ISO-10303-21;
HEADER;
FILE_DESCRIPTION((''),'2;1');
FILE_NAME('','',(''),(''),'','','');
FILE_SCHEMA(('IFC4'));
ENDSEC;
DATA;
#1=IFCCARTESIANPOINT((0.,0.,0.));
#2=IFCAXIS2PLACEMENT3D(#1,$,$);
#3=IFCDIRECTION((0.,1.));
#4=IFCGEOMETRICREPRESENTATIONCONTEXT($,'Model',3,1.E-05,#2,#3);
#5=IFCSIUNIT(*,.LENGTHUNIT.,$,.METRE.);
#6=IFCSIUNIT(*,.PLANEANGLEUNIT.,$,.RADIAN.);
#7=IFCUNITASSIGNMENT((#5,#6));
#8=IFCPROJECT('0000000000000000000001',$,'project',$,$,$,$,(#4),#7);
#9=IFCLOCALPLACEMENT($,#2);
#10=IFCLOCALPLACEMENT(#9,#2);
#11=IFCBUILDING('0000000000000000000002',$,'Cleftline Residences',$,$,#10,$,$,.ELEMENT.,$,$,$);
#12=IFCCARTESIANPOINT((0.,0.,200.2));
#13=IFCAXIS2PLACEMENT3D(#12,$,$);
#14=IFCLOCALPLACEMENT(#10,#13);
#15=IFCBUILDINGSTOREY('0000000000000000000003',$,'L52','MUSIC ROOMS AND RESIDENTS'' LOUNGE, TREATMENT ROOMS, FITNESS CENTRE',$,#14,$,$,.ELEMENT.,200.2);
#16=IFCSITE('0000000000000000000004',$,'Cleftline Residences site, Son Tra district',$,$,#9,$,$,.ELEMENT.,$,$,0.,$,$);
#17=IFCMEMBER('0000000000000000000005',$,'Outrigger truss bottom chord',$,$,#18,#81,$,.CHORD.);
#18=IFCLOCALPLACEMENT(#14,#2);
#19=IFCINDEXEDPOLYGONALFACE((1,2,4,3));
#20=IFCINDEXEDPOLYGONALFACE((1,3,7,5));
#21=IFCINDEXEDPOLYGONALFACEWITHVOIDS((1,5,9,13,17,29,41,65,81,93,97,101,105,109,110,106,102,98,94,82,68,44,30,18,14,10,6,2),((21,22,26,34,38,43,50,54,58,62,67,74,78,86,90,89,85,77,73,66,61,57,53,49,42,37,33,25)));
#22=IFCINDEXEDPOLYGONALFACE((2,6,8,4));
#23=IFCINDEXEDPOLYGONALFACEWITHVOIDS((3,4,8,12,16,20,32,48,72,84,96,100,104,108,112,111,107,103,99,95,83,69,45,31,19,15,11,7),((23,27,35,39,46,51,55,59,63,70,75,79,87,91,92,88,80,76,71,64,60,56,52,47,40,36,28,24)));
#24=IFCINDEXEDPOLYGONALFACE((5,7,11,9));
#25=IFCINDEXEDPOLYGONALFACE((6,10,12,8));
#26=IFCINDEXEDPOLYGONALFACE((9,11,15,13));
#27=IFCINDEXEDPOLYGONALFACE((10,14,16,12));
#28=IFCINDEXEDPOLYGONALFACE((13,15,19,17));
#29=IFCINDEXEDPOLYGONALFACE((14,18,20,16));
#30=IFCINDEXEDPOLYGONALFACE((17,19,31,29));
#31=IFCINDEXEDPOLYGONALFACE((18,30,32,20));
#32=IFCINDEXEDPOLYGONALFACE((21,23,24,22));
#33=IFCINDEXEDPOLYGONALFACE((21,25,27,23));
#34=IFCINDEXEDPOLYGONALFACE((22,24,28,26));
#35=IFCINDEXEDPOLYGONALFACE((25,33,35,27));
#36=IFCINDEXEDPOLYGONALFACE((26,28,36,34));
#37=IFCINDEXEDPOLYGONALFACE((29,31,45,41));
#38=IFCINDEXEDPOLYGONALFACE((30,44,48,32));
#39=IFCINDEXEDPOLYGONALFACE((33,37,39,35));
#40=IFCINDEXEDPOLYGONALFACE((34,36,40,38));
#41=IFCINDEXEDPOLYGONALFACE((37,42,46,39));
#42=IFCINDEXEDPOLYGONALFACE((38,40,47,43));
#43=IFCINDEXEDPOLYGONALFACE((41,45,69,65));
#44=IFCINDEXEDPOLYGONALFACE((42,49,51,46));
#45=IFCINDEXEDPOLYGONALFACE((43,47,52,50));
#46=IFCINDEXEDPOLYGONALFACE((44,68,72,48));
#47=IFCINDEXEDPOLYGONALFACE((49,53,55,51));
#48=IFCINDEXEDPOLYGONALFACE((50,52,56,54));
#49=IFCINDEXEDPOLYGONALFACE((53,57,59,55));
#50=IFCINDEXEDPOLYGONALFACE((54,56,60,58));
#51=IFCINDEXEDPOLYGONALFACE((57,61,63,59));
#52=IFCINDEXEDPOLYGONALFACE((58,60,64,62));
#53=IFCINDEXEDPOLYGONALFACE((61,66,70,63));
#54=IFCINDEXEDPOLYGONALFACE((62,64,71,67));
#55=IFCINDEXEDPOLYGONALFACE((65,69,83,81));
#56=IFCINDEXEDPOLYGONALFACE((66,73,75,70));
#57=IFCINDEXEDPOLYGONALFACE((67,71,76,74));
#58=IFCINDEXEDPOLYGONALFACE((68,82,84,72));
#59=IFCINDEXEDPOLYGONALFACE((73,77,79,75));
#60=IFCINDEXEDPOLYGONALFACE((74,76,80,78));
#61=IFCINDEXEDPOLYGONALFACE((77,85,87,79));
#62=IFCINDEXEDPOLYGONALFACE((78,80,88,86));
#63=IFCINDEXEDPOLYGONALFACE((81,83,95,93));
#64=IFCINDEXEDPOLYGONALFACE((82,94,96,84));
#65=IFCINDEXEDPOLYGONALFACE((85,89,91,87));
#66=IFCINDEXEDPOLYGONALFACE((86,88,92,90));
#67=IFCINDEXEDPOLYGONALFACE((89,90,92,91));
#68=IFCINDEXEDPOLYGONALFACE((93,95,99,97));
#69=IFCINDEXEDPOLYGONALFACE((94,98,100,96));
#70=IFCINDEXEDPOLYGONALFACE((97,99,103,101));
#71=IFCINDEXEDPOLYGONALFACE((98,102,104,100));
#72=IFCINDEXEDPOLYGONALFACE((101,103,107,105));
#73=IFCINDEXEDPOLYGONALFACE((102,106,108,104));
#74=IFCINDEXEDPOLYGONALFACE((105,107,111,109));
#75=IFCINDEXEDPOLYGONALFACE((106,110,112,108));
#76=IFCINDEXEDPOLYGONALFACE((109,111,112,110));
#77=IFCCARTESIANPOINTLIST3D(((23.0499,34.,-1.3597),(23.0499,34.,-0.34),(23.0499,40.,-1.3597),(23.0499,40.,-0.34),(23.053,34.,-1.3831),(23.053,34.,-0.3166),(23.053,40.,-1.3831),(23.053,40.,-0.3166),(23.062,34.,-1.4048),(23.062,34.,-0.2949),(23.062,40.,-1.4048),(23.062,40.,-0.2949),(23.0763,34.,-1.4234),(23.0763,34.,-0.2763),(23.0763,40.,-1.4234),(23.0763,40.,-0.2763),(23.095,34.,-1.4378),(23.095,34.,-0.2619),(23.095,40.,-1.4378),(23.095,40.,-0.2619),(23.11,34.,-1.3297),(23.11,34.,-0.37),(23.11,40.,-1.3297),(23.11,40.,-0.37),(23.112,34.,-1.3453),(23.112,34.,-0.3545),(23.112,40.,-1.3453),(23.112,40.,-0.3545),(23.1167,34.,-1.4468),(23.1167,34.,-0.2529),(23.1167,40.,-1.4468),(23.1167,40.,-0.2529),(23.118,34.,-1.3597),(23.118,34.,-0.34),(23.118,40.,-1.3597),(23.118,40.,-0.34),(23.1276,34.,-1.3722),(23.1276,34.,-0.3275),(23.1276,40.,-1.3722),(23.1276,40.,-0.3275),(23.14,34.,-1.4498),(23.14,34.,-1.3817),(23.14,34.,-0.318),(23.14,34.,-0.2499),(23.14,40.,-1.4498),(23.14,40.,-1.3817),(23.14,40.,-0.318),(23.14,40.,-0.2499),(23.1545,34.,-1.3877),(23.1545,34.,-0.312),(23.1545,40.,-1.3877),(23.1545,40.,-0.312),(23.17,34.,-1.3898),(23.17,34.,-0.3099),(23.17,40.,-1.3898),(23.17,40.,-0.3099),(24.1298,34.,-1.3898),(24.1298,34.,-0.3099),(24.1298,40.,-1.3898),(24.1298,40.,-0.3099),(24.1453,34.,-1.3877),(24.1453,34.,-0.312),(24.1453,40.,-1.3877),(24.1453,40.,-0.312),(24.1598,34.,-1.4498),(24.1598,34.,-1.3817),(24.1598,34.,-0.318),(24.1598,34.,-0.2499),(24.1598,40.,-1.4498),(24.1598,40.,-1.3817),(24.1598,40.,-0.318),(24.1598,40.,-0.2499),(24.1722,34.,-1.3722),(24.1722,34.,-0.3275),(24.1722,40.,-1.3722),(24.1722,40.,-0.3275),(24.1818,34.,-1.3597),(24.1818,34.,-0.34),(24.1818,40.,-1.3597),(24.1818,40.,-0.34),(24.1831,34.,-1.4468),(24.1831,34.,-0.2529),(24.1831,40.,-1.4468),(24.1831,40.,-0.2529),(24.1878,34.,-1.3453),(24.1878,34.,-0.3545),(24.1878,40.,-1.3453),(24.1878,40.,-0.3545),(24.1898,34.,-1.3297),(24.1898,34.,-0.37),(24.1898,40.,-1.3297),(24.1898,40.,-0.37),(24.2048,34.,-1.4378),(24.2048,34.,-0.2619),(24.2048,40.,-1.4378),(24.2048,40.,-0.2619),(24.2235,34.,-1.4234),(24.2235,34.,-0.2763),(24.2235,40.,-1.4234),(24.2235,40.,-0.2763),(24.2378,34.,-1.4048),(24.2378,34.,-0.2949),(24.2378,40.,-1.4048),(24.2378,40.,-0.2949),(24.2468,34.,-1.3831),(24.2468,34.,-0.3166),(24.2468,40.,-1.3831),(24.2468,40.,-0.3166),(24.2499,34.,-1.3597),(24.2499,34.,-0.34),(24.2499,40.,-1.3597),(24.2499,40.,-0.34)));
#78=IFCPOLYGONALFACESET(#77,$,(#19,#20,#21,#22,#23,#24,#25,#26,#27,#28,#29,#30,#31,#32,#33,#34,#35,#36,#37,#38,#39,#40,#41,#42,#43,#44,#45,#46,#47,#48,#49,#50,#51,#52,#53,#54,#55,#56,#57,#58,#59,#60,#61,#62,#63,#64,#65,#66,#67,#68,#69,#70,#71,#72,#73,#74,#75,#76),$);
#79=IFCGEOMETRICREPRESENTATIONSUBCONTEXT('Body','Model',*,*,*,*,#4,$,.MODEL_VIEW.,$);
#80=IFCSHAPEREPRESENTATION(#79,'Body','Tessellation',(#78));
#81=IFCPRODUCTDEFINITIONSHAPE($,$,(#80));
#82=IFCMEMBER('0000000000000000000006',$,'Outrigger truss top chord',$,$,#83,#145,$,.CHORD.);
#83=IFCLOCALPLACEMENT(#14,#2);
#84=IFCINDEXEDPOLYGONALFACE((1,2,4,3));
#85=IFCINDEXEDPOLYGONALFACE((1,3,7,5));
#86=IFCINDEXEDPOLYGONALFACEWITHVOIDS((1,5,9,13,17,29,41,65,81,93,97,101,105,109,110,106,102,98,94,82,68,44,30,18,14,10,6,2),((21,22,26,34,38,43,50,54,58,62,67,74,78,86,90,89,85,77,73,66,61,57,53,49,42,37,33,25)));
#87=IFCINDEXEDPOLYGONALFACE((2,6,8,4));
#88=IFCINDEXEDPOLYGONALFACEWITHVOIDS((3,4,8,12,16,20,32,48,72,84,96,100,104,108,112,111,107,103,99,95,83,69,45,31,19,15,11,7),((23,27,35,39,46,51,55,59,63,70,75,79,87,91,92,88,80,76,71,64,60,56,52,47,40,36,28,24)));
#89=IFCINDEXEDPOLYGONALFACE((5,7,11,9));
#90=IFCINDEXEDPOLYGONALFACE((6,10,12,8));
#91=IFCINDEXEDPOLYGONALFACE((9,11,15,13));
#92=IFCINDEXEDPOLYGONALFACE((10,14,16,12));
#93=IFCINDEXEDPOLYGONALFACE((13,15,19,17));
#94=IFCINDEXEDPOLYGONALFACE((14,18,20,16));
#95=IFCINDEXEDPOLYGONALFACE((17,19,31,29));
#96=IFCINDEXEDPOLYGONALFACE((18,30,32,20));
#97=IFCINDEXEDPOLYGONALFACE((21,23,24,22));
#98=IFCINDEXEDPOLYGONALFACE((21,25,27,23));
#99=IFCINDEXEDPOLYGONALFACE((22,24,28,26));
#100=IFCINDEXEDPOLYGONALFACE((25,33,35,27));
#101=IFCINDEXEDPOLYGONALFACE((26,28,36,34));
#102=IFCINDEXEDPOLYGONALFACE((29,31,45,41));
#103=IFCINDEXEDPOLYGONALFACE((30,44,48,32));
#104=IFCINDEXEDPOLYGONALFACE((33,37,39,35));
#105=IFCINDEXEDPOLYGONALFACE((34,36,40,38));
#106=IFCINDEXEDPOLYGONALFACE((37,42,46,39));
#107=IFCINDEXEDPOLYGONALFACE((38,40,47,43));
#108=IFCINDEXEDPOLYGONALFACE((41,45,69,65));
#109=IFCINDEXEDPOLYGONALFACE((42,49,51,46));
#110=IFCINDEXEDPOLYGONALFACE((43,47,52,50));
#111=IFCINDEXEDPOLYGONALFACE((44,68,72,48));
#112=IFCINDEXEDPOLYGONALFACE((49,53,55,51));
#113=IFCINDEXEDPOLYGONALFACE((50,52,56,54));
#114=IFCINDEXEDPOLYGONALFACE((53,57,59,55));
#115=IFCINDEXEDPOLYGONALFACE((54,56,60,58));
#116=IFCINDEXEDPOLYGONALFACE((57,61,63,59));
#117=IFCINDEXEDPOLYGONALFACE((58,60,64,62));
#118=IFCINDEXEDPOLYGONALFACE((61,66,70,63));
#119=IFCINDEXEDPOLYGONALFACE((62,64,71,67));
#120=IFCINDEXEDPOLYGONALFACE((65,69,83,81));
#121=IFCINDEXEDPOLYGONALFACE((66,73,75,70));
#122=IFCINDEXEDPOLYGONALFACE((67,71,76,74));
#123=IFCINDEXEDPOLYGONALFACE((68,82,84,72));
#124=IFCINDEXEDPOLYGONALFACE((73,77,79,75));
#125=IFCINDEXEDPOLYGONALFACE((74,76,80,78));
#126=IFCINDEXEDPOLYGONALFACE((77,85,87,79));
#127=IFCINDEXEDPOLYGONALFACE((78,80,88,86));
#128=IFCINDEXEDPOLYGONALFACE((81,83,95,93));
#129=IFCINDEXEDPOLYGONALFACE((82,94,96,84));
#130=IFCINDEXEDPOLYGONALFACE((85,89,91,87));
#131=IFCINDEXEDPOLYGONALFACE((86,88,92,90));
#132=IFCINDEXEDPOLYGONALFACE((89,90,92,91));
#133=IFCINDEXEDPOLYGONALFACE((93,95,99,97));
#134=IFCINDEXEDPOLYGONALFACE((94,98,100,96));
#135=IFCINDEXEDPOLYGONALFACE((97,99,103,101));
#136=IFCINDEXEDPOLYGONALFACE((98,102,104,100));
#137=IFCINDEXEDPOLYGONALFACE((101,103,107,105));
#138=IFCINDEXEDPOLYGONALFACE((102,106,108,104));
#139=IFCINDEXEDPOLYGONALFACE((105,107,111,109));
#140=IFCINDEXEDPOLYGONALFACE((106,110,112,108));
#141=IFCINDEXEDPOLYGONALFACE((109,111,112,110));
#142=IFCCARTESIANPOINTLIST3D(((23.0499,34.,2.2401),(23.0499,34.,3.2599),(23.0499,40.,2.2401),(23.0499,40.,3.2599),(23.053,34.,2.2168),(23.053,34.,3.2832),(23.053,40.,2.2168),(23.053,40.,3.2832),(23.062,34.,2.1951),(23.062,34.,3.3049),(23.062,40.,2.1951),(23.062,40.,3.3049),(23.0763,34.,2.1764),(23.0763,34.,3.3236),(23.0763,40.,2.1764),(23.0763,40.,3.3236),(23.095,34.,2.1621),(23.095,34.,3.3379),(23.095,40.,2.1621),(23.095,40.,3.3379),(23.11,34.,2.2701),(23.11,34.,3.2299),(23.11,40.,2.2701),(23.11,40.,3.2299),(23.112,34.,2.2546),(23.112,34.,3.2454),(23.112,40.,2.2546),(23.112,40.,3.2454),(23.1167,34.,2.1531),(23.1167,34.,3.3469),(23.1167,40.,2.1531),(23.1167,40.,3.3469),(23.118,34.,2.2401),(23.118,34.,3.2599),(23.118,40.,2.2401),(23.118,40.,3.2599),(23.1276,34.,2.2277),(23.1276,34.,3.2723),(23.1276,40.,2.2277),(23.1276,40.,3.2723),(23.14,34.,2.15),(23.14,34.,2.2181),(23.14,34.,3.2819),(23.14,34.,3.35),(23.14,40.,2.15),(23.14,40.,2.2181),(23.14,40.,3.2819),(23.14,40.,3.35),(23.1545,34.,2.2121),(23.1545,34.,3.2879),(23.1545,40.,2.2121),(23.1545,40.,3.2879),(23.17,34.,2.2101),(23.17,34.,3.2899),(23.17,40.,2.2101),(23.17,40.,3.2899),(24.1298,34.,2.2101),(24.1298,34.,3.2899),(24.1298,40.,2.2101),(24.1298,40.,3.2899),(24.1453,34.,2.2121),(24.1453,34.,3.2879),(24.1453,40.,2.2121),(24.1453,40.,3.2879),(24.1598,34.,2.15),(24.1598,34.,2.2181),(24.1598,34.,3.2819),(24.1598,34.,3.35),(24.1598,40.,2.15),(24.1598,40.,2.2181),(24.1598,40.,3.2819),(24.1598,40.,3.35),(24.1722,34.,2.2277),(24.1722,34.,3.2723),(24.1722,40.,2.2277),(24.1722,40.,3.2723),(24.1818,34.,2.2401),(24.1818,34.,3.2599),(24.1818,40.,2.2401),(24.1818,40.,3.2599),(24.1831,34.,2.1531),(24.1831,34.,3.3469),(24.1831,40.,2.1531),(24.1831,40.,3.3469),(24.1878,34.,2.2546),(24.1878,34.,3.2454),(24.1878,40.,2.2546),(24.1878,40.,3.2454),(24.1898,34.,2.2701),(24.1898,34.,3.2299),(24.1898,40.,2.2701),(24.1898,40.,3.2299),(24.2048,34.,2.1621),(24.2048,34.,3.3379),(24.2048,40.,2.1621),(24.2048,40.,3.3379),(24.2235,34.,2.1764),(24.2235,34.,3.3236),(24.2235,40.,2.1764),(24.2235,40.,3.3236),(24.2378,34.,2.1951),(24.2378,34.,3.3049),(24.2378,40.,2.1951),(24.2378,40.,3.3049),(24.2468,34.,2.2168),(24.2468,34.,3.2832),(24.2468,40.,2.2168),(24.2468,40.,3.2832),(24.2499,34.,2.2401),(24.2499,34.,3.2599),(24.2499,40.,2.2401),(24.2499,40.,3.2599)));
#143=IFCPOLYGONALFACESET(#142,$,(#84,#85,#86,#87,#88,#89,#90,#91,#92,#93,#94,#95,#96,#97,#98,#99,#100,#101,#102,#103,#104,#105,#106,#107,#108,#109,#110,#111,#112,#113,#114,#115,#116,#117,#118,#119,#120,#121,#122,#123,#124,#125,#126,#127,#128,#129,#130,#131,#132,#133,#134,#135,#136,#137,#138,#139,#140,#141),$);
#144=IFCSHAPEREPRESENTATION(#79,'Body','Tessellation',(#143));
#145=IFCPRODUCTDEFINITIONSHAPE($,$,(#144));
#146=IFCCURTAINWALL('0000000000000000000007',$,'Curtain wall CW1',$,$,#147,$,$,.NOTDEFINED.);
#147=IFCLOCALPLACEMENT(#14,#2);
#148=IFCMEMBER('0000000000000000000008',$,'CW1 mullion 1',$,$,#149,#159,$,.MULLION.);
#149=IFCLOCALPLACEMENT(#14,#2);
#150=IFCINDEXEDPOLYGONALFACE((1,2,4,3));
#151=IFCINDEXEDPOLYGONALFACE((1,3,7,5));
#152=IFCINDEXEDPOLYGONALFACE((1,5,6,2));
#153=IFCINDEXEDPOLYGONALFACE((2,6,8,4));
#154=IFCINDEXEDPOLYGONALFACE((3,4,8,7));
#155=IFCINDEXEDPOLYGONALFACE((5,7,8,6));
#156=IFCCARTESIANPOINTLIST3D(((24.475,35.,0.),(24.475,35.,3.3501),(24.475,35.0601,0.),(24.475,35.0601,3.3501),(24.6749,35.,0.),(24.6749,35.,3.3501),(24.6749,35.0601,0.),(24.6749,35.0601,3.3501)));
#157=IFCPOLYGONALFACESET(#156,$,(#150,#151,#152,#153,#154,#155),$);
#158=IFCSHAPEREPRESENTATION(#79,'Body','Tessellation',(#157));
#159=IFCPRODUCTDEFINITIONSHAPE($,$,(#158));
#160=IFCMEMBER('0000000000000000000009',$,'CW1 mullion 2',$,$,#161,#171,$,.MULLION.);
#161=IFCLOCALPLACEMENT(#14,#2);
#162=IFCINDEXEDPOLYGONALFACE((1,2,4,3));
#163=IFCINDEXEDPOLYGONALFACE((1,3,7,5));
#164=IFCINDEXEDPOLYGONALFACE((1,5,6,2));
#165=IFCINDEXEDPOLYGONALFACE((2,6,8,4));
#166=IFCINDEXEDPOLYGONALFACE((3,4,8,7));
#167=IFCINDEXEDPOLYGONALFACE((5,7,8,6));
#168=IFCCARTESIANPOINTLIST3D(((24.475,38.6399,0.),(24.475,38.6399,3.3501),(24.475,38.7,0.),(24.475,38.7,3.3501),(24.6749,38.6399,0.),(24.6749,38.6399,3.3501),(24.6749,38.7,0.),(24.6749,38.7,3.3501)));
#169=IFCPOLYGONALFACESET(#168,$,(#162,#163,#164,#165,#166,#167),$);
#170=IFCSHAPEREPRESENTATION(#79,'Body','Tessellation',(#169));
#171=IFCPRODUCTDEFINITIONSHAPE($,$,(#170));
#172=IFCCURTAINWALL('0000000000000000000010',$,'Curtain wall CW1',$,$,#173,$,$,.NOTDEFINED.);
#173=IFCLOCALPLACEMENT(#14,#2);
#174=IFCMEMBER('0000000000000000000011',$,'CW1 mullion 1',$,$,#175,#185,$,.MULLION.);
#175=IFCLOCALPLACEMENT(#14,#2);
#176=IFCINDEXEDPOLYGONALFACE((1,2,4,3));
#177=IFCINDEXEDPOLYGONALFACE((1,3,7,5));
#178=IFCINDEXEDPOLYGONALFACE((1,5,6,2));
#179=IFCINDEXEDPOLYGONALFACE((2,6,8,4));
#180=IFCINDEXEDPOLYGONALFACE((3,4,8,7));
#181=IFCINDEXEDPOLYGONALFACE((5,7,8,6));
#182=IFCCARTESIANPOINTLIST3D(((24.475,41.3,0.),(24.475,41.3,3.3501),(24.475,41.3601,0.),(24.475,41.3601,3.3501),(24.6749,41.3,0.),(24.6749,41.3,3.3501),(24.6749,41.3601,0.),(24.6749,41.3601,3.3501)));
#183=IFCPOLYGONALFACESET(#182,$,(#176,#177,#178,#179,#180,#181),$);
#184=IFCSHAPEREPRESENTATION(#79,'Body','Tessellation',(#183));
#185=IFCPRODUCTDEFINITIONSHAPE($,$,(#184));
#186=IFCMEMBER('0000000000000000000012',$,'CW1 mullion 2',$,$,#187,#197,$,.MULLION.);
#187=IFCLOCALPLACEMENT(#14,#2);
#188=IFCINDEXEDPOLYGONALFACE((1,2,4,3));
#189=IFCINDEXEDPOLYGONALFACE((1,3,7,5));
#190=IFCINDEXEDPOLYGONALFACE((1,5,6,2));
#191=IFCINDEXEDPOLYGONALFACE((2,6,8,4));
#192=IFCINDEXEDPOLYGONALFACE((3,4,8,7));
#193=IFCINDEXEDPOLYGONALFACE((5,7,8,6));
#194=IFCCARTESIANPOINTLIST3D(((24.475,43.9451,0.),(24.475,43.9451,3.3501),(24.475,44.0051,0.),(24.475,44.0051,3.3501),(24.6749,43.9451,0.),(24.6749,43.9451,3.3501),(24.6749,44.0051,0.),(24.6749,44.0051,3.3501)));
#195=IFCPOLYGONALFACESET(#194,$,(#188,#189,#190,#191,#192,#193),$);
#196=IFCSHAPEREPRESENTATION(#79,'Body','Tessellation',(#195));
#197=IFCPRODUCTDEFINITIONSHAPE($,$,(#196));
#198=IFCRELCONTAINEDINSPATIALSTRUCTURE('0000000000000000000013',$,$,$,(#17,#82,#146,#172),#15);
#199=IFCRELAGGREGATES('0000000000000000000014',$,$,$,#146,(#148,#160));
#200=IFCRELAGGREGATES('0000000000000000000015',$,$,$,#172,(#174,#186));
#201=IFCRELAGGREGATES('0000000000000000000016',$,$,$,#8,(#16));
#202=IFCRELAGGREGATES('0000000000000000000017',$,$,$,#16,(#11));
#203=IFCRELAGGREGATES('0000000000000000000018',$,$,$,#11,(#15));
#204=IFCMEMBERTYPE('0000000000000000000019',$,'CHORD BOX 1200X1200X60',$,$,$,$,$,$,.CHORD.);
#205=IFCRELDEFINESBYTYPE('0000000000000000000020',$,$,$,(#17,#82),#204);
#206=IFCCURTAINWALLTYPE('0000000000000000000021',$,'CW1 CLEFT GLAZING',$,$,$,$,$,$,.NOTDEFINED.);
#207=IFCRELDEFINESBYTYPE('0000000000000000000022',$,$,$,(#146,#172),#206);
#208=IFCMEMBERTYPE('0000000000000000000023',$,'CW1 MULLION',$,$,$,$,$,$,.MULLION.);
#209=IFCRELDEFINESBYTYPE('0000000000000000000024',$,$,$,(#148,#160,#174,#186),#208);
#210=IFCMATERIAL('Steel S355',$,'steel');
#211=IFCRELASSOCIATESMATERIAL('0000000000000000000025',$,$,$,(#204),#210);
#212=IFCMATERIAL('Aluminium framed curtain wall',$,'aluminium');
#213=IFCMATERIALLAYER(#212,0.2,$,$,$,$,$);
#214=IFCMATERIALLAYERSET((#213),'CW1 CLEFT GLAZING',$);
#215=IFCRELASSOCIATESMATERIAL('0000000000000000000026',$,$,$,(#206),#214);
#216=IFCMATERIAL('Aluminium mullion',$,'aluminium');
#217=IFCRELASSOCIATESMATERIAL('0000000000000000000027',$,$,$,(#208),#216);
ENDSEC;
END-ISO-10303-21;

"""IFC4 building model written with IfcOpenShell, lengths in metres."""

from ifc_helpers import new_model, si_unit, direction, frame, origin, origin_2d, place, context, subcontext, project, spatial, rectangle, hollow_rectangle, extrude, material, layer, layer_set, material_profile, profile_set, type_object, element, aggregate, save


model = new_model("IFC4")

# Units and contexts
model_context = context("Model", 3, precision=1e-05, world=origin(), true_north=direction((0.0, 1.0)))
body_context = subcontext(model_context, "Body", "Model", "MODEL_VIEW")
ifc_project = project(units=[si_unit("LENGTHUNIT", "METRE"), si_unit("PLANEANGLEUNIT", "RADIAN")], contexts=[model_context])

# Site, building, storey
site_placement = place(None, origin())
site = spatial("IfcSite", under=ifc_project, at=site_placement, Name="Cleftline Residences site, Son Tra district", CompositionType="ELEMENT", RefElevation=0.0)
building_placement = place(site_placement, origin())
building = spatial("IfcBuilding", under=site, at=building_placement, Name="Cleftline Residences", CompositionType="ELEMENT")
storey_placement = place(building_placement, frame((0.0, 0.0, 200.2)))
storey = spatial("IfcBuildingStorey", under=building, at=storey_placement, Name="L52", Description="MUSIC ROOMS AND RESIDENTS' LOUNGE, TREATMENT ROOMS, FITNESS CENTRE", CompositionType="ELEMENT", Elevation=200.2)

# Members
ifc_material_1 = material(Name="Steel S355", Category="steel")
ifc_material_profile_1 = material_profile(ifc_material_1, hollow_rectangle(XDim=1.2, YDim=1.2, WallThickness=0.0601, InnerFilletRadius=0.0601, OuterFilletRadius=0.0901, at=origin_2d()))
ifc_profile_set_1 = profile_set([ifc_material_profile_1], Name="Steel S355")
member_type_1 = type_object("IfcMemberType", Name="CHORD BOX 1200X1200X60", PredefinedType="CHORD", material=ifc_profile_set_1)
for number, where, z_axis, x_axis, name in (
    (1, (23.6499, 40.0, -0.8499), (0.0, -1.0, 0.0), (1.0, 0.0, 0.0), "Outrigger truss bottom chord"),
    (2, (23.6499, 40.0, 2.75), (0.0, -1.0, 0.0), (1.0, 0.0, 0.0), "Outrigger truss top chord"),
):
    element("IfcMember", number, at=place(storey_placement, frame(where, z_axis=z_axis, x_axis=x_axis)), inside=storey, type_object=member_type_1, Name=name, PredefinedType="CHORD", context=body_context, shape_type="SweptSolid", body=[
        extrude(hollow_rectangle(XDim=1.2, YDim=1.2, WallThickness=0.0601, InnerFilletRadius=0.0601, OuterFilletRadius=0.0901, at=origin_2d()), origin(), (0.0, 0.0, 1.0), 6.0),
    ])

# Curtain walls, members
ifc_material_2 = material(Name="Aluminium framed curtain wall", Category="aluminium")
ifc_layer_1 = layer(ifc_material_2, 0.2)
ifc_layer_set_1 = layer_set([ifc_layer_1], Name="CW1 CLEFT GLAZING")
curtain_wall_type = type_object("IfcCurtainWallType", Name="CW1 CLEFT GLAZING", PredefinedType="NOTDEFINED", material=ifc_layer_set_1)
curtain_wall_1_placement = place(storey_placement, origin())
curtain_wall_1 = element("IfcCurtainWall", 3, at=curtain_wall_1_placement, inside=storey, type_object=curtain_wall_type, Name="Curtain wall CW1", PredefinedType="NOTDEFINED")
ifc_material_3 = material(Name="Aluminium mullion", Category="aluminium")
ifc_material_profile_2 = material_profile(ifc_material_3, rectangle(XDim=0.2, YDim=0.0601, at=origin_2d()))
ifc_profile_set_2 = profile_set([ifc_material_profile_2], Name="Aluminium mullion")
member_type_2 = type_object("IfcMemberType", Name="CW1 MULLION", PredefinedType="MULLION", material=ifc_profile_set_2)
member_1_placement = place(storey_placement, frame((24.575, 35.03, 0.0), z_axis=(0.0, 0.0, 1.0), x_axis=(-1.0, 0.0, 0.0)))
member_1 = element("IfcMember", 4, at=member_1_placement, type_object=member_type_2, Name="CW1 mullion 1", PredefinedType="MULLION", context=body_context, shape_type="SweptSolid", body=[
    extrude(rectangle(XDim=0.2, YDim=0.0601, at=origin_2d()), origin(), (0.0, 0.0, 1.0), 3.3501),
])
member_2_placement = place(storey_placement, frame((24.575, 38.6699, 0.0), z_axis=(0.0, 0.0, 1.0), x_axis=(-1.0, 0.0, 0.0)))
member_2 = element("IfcMember", 5, at=member_2_placement, type_object=member_type_2, Name="CW1 mullion 2", PredefinedType="MULLION", context=body_context, shape_type="SweptSolid", body=[
    extrude(rectangle(XDim=0.2, YDim=0.0601, at=origin_2d()), origin(), (0.0, 0.0, 1.0), 3.3501),
])
curtain_wall_2_placement = place(storey_placement, origin())
curtain_wall_2 = element("IfcCurtainWall", 6, at=curtain_wall_2_placement, inside=storey, type_object=curtain_wall_type, Name="Curtain wall CW1", PredefinedType="NOTDEFINED")
member_3_placement = place(storey_placement, frame((24.575, 41.3301, 0.0), z_axis=(0.0, 0.0, 1.0), x_axis=(-1.0, 0.0, 0.0)))
member_3 = element("IfcMember", 7, at=member_3_placement, type_object=member_type_2, Name="CW1 mullion 1", PredefinedType="MULLION", context=body_context, shape_type="SweptSolid", body=[
    extrude(rectangle(XDim=0.2, YDim=0.0601, at=origin_2d()), origin(), (0.0, 0.0, 1.0), 3.3501),
])
member_4_placement = place(storey_placement, frame((24.575, 43.9751, 0.0), z_axis=(0.0, 0.0, 1.0), x_axis=(-1.0, 0.0, 0.0)))
member_4 = element("IfcMember", 8, at=member_4_placement, type_object=member_type_2, Name="CW1 mullion 2", PredefinedType="MULLION", context=body_context, shape_type="SweptSolid", body=[
    extrude(rectangle(XDim=0.2, YDim=0.0601, at=origin_2d()), origin(), (0.0, 0.0, 1.0), 3.3501),
])

aggregate(curtain_wall_1, [member_1, member_2])
aggregate(curtain_wall_2, [member_3, member_4])

save(model, "model.ifc")
